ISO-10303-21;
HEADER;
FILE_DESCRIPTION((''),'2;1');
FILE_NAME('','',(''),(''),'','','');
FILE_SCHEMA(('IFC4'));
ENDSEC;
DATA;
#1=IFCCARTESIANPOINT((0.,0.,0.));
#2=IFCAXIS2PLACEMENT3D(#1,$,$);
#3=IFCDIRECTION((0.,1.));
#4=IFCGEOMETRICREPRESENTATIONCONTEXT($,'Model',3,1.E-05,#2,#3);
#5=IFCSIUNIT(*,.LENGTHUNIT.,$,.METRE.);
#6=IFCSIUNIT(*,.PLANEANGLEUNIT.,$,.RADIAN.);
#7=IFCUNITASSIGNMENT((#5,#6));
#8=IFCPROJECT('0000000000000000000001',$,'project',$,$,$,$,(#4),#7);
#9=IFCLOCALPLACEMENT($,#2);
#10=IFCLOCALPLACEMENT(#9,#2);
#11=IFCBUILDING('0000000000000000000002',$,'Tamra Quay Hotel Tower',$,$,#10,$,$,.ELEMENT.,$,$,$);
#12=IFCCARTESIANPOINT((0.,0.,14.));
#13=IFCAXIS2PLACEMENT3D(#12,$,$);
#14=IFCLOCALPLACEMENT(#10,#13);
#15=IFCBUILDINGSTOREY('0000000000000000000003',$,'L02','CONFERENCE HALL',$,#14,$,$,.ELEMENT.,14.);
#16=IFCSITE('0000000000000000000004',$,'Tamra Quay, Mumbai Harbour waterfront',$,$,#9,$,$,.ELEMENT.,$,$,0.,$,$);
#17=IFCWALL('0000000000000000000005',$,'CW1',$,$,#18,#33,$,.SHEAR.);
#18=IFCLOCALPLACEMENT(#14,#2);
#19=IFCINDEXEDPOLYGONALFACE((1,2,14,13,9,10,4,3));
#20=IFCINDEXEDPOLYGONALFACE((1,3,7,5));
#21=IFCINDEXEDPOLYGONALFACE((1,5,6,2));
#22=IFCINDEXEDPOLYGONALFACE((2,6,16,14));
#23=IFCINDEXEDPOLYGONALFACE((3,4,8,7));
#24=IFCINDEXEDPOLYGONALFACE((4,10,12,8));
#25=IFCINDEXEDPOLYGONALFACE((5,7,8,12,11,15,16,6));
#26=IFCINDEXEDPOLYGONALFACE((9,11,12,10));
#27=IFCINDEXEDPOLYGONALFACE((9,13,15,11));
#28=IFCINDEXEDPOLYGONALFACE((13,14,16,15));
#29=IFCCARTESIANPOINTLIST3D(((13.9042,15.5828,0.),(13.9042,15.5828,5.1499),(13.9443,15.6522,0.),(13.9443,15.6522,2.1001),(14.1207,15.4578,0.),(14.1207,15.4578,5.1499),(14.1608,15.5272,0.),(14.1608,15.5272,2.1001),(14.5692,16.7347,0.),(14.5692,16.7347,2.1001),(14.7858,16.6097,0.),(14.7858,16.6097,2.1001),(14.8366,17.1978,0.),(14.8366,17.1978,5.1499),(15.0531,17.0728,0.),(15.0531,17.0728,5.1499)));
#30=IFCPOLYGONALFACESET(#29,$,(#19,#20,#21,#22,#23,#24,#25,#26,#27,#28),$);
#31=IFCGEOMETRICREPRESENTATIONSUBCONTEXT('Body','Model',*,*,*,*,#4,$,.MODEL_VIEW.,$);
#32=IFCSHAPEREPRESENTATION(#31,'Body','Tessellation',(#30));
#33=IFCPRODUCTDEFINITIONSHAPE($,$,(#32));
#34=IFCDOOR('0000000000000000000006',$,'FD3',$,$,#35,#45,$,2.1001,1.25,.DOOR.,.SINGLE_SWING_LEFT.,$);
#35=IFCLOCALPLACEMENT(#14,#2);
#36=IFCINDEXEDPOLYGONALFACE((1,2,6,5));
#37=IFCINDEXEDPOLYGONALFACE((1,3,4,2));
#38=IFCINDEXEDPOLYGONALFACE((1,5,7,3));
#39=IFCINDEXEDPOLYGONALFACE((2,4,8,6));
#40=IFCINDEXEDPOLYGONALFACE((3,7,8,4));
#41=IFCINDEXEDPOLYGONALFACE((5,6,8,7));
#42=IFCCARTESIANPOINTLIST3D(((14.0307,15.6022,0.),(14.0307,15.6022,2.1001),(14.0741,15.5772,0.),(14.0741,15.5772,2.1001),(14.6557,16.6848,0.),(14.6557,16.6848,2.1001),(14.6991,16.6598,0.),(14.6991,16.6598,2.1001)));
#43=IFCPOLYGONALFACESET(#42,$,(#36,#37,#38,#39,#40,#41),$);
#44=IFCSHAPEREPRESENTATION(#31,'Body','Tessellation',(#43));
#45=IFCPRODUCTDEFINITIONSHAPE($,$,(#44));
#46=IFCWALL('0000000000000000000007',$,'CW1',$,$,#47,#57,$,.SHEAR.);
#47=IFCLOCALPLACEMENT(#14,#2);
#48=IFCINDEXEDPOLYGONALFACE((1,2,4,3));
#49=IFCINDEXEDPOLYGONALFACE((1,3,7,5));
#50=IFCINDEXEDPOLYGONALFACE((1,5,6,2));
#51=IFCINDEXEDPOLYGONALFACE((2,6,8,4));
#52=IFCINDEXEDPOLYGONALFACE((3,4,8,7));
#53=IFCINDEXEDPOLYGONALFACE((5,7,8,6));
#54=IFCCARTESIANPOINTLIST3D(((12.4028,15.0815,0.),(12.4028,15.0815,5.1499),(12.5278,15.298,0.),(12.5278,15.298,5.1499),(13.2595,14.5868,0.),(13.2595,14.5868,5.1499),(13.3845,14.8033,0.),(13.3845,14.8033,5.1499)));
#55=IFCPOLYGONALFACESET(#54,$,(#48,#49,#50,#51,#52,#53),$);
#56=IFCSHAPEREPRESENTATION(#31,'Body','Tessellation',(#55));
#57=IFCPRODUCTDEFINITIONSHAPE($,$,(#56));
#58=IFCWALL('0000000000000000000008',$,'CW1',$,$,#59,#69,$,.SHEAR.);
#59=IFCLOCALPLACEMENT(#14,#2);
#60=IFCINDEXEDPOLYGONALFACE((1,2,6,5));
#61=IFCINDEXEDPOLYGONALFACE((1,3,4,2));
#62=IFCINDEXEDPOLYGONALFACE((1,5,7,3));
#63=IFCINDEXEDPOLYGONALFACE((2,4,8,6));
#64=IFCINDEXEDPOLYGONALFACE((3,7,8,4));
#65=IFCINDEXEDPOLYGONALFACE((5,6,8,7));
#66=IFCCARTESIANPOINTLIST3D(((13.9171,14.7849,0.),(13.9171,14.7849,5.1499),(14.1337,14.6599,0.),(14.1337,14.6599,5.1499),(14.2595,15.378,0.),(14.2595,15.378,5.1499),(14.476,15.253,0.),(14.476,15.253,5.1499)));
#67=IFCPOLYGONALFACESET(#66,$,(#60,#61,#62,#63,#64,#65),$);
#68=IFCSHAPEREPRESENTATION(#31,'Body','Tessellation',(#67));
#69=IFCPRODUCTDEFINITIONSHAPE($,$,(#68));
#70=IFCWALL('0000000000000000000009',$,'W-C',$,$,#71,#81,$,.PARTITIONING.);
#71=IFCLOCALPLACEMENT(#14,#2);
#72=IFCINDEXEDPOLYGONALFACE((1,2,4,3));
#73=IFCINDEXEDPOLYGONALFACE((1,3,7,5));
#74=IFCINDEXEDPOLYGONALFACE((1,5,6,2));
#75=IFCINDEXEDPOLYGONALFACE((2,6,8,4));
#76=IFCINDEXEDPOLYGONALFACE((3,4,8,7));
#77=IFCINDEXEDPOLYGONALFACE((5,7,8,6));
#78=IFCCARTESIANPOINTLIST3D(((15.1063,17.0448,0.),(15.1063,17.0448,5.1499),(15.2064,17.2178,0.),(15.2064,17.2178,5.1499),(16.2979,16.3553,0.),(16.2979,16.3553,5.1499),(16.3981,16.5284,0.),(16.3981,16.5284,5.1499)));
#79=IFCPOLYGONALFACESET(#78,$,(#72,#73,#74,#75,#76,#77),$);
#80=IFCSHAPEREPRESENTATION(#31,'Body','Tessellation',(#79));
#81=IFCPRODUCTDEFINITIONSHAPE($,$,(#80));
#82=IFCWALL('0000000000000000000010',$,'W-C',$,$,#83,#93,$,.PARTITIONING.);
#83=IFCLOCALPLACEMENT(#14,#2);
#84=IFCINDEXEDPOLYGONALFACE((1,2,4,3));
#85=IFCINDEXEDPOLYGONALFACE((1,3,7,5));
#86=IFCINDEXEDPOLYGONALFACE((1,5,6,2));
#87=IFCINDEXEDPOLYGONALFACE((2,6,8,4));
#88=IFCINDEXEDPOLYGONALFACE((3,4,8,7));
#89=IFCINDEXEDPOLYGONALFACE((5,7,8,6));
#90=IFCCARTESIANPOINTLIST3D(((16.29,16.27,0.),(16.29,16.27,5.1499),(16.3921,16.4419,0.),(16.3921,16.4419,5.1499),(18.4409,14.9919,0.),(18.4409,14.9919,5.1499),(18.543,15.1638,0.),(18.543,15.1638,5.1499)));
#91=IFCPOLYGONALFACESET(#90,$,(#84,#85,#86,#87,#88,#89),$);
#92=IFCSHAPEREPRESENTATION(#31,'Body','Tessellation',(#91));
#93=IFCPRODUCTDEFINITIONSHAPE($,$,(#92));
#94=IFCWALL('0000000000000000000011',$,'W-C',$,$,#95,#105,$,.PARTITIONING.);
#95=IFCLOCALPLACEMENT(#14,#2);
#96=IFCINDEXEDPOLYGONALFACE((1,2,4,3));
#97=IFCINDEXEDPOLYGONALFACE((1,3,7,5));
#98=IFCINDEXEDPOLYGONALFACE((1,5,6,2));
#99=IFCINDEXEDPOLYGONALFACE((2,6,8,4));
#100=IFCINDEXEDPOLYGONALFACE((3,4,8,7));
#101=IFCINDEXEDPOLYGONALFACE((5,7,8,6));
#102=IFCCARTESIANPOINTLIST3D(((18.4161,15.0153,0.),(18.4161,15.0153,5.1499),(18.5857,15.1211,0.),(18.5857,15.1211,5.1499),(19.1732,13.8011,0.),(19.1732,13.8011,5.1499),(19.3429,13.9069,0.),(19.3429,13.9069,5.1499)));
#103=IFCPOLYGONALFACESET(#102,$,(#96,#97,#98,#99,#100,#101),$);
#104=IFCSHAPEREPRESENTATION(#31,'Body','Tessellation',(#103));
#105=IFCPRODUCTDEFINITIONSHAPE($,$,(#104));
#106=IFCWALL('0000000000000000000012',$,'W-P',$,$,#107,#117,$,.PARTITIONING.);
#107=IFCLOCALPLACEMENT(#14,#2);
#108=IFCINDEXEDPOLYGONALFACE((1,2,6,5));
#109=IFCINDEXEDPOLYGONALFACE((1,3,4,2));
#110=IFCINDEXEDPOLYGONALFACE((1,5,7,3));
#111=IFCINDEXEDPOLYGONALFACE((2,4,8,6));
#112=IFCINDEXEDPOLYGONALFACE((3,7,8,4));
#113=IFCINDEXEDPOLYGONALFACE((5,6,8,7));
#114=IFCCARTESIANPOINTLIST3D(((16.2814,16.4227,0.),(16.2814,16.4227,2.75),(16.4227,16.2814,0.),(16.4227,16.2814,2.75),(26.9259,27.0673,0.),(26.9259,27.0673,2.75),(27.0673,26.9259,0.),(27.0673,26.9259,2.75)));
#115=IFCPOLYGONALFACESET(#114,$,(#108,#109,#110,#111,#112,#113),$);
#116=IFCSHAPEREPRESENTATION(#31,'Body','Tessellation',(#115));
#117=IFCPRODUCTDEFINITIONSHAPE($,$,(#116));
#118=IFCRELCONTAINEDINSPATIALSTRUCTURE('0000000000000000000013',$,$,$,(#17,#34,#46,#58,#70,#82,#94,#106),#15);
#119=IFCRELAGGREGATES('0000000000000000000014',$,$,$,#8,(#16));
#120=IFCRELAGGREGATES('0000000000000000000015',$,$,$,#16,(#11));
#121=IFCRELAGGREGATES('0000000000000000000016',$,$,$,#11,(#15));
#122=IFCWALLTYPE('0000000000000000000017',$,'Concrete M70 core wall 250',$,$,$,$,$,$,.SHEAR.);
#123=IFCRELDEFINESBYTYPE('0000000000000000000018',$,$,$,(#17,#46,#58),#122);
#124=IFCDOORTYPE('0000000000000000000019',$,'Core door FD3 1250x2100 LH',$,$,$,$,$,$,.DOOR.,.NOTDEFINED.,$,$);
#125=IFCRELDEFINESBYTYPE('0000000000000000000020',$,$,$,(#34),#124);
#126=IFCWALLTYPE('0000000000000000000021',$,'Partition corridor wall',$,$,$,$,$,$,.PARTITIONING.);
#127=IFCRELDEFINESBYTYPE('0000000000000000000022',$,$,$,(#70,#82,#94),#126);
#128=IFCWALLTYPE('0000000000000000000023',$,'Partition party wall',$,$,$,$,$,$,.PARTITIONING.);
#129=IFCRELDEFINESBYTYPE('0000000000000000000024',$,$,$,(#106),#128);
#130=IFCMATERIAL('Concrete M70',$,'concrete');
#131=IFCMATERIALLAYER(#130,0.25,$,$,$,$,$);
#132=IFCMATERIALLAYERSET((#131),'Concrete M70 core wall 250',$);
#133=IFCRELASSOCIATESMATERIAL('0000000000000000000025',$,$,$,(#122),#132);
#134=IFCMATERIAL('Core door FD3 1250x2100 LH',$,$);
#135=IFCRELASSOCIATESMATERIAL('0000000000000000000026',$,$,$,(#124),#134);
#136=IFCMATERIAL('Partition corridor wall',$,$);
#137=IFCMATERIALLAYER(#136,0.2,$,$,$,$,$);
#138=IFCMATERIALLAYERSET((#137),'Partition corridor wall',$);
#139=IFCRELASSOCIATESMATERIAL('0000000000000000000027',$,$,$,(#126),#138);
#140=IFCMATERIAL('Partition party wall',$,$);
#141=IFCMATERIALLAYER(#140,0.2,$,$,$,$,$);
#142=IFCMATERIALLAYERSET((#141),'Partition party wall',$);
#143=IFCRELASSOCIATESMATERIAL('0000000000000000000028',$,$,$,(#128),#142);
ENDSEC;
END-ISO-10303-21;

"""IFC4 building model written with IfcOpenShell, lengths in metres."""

from ifc_helpers import new_model, si_unit, direction, frame, frame_2d, origin, place, context, subcontext, project, spatial, rectangle, extrude, material, layer, layer_set, type_object, element, fill, save


model = new_model("IFC4")

# Units and contexts
model_context = context("Model", 3, precision=1e-05, world=origin(), true_north=direction((0.0, 1.0)))
body_context = subcontext(model_context, "Body", "Model", "MODEL_VIEW")
ifc_project = project(units=[si_unit("LENGTHUNIT", "METRE"), si_unit("PLANEANGLEUNIT", "RADIAN")], contexts=[model_context])

# Site, building, storey
site_placement = place(None, origin())
site = spatial("IfcSite", under=ifc_project, at=site_placement, Name="Tamra Quay, Mumbai Harbour waterfront", CompositionType="ELEMENT", RefElevation=0.0)
building_placement = place(site_placement, origin())
building = spatial("IfcBuilding", under=site, at=building_placement, Name="Tamra Quay Hotel Tower", CompositionType="ELEMENT")
storey_placement = place(building_placement, frame((0.0, 0.0, 14.0)))
storey = spatial("IfcBuildingStorey", under=building, at=storey_placement, Name="L02", Description="CONFERENCE HALL", CompositionType="ELEMENT", Elevation=14.0)

# Shared definitions
ifc_material_1 = material(Name="Concrete M70", Category="concrete")

# Shared definitions
ifc_layer_1 = layer(ifc_material_1, 0.25)
ifc_layer_set_1 = layer_set([ifc_layer_1], Name="Concrete M70 core wall 250")
wall_type_1 = type_object("IfcWallType", Name="Concrete M70 core wall 250", PredefinedType="SHEAR", material=ifc_layer_set_1)

# Wall, opening, door
wall_1_placement = place(storey_placement, frame((14.9448, 17.1353, 0.0), z_axis=(0.0, 0.0, 1.0), x_axis=(-0.499983, -0.866035, 0.0)))
wall_1 = element("IfcWall", 1, at=wall_1_placement, inside=storey, type_object=wall_type_1, Name="CW1", PredefinedType="SHEAR", context=body_context, shape_type="SweptSolid", body=[
    extrude(rectangle(XDim=1.8647, YDim=0.25, at=frame_2d((0.9324, 0.0))), origin(), (0.0, 0.0, 1.0), 5.1499),
])
opening_1_placement = place(wall_1_placement, frame((0.5347, 0.0, 0.0)))
opening_1 = element("IfcOpeningElement", 2, at=opening_1_placement, cuts=wall_1, PredefinedType="OPENING", context=body_context, shape_type="SweptSolid", body=[
    extrude(rectangle(XDim=1.25, YDim=2.1001, at=frame_2d((0.625, 1.05))), frame((0.0, 0.135, 0.0), z_axis=(0.0, -1.0, 0.0), x_axis=(1.0, 0.0, 0.0)), (0.0, 0.0, 1.0), 0.27),
])
ifc_material_2 = material(Name="Core door FD3 1250x2100 LH")
door_type_1 = type_object("IfcDoorType", Name="Core door FD3 1250x2100 LH", OperationType="NOTDEFINED", PredefinedType="DOOR", material=ifc_material_2)
door_1_placement = place(opening_1_placement, origin())
door_1 = element("IfcDoor", 3, at=door_1_placement, inside=storey, type_object=door_type_1, Name="FD3", OperationType="SINGLE_SWING_LEFT", OverallHeight=2.1001, OverallWidth=1.25, PredefinedType="DOOR", context=body_context, shape_type="SweptSolid", body=[
    extrude(rectangle(XDim=1.25, YDim=2.1001, at=frame_2d((0.625, 1.05))), frame((0.0, 0.0249, 0.0), z_axis=(0.0, -1.0, 0.0), x_axis=(1.0, 0.0, 0.0)), (0.0, 0.0, 1.0), 0.05),
])
fill(opening_1, door_1)

# Walls
wall_2_placement = place(storey_placement, frame((13.322, 14.6951, 0.0), z_axis=(0.0, 0.0, 1.0), x_axis=(-0.866017, 0.500014, 0.0)))
element("IfcWall", 4, at=wall_2_placement, inside=storey, type_object=wall_type_1, Name="CW1", PredefinedType="SHEAR", context=body_context, shape_type="SweptSolid", body=[
    extrude(rectangle(XDim=0.9893, YDim=0.25, at=frame_2d((0.4946, 0.0))), origin(), (0.0, 0.0, 1.0), 5.1499),
])
wall_3_placement = place(storey_placement, frame((14.3677, 15.3154, 0.0), z_axis=(0.0, 0.0, 1.0), x_axis=(-0.499897, -0.866085, 0.0)))
element("IfcWall", 5, at=wall_3_placement, inside=storey, type_object=wall_type_1, Name="CW1", PredefinedType="SHEAR", context=body_context, shape_type="SweptSolid", body=[
    extrude(rectangle(XDim=0.6848, YDim=0.25, at=frame_2d((0.3423, 0.0))), origin(), (0.0, 0.0, 1.0), 5.1499),
])
ifc_material_3 = material(Name="Partition corridor wall")
ifc_layer_2 = layer(ifc_material_3, 0.2)
ifc_layer_set_2 = layer_set([ifc_layer_2], Name="Partition corridor wall")
wall_type_2 = type_object("IfcWallType", Name="Partition corridor wall", PredefinedType="PARTITIONING", material=ifc_layer_set_2)
wall_4_placement = place(storey_placement, frame((15.1562, 17.1313, 0.0), z_axis=(0.0, 0.0, 1.0), x_axis=(0.865568, -0.500792, 0.0)))
element("IfcWall", 6, at=wall_4_placement, inside=storey, type_object=wall_type_2, Name="W-C", PredefinedType="PARTITIONING", context=body_context, shape_type="SweptSolid", body=[
    extrude(rectangle(XDim=1.3767, YDim=0.2, at=frame_2d((0.6885, 0.0))), origin(), (0.0, 0.0, 1.0), 5.1499),
])
wall_5_placement = place(storey_placement, frame((16.3411, 16.356, 0.0), z_axis=(0.0, 0.0, 1.0), x_axis=(0.859681, -0.510832, 0.0)))
element("IfcWall", 7, at=wall_5_placement, inside=storey, type_object=wall_type_2, Name="W-C", PredefinedType="PARTITIONING", context=body_context, shape_type="SweptSolid", body=[
    extrude(rectangle(XDim=2.502, YDim=0.2, at=frame_2d((1.251, 0.0))), origin(), (0.0, 0.0, 1.0), 5.1499),
])
wall_6_placement = place(storey_placement, frame((18.501, 15.0681, 0.0), z_axis=(0.0, 0.0, 1.0), x_axis=(0.529124, -0.848544, 0.0)))
element("IfcWall", 8, at=wall_6_placement, inside=storey, type_object=wall_type_2, Name="W-C", PredefinedType="PARTITIONING", context=body_context, shape_type="SweptSolid", body=[
    extrude(rectangle(XDim=1.4309, YDim=0.2, at=frame_2d((0.7153, 0.0))), origin(), (0.0, 0.0, 1.0), 5.1499),
])
ifc_material_4 = material(Name="Partition party wall")
ifc_layer_3 = layer(ifc_material_4, 0.2)
ifc_layer_set_3 = layer_set([ifc_layer_3], Name="Partition party wall")
wall_type_3 = type_object("IfcWallType", Name="Partition party wall", PredefinedType="PARTITIONING", material=ifc_layer_set_3)
wall_7_placement = place(storey_placement, frame((16.3521, 16.3521, 0.0), z_axis=(0.0, 0.0, 1.0), x_axis=(0.707107, 0.707107, 0.0)))
element("IfcWall", 9, at=wall_7_placement, inside=storey, type_object=wall_type_3, Name="W-P", PredefinedType="PARTITIONING", context=body_context, shape_type="SweptSolid", body=[
    extrude(rectangle(XDim=15.0537, YDim=0.2, at=frame_2d((7.5269, 0.0))), origin(), (0.0, 0.0, 1.0), 2.75),
])

save(model, "model.ifc")
